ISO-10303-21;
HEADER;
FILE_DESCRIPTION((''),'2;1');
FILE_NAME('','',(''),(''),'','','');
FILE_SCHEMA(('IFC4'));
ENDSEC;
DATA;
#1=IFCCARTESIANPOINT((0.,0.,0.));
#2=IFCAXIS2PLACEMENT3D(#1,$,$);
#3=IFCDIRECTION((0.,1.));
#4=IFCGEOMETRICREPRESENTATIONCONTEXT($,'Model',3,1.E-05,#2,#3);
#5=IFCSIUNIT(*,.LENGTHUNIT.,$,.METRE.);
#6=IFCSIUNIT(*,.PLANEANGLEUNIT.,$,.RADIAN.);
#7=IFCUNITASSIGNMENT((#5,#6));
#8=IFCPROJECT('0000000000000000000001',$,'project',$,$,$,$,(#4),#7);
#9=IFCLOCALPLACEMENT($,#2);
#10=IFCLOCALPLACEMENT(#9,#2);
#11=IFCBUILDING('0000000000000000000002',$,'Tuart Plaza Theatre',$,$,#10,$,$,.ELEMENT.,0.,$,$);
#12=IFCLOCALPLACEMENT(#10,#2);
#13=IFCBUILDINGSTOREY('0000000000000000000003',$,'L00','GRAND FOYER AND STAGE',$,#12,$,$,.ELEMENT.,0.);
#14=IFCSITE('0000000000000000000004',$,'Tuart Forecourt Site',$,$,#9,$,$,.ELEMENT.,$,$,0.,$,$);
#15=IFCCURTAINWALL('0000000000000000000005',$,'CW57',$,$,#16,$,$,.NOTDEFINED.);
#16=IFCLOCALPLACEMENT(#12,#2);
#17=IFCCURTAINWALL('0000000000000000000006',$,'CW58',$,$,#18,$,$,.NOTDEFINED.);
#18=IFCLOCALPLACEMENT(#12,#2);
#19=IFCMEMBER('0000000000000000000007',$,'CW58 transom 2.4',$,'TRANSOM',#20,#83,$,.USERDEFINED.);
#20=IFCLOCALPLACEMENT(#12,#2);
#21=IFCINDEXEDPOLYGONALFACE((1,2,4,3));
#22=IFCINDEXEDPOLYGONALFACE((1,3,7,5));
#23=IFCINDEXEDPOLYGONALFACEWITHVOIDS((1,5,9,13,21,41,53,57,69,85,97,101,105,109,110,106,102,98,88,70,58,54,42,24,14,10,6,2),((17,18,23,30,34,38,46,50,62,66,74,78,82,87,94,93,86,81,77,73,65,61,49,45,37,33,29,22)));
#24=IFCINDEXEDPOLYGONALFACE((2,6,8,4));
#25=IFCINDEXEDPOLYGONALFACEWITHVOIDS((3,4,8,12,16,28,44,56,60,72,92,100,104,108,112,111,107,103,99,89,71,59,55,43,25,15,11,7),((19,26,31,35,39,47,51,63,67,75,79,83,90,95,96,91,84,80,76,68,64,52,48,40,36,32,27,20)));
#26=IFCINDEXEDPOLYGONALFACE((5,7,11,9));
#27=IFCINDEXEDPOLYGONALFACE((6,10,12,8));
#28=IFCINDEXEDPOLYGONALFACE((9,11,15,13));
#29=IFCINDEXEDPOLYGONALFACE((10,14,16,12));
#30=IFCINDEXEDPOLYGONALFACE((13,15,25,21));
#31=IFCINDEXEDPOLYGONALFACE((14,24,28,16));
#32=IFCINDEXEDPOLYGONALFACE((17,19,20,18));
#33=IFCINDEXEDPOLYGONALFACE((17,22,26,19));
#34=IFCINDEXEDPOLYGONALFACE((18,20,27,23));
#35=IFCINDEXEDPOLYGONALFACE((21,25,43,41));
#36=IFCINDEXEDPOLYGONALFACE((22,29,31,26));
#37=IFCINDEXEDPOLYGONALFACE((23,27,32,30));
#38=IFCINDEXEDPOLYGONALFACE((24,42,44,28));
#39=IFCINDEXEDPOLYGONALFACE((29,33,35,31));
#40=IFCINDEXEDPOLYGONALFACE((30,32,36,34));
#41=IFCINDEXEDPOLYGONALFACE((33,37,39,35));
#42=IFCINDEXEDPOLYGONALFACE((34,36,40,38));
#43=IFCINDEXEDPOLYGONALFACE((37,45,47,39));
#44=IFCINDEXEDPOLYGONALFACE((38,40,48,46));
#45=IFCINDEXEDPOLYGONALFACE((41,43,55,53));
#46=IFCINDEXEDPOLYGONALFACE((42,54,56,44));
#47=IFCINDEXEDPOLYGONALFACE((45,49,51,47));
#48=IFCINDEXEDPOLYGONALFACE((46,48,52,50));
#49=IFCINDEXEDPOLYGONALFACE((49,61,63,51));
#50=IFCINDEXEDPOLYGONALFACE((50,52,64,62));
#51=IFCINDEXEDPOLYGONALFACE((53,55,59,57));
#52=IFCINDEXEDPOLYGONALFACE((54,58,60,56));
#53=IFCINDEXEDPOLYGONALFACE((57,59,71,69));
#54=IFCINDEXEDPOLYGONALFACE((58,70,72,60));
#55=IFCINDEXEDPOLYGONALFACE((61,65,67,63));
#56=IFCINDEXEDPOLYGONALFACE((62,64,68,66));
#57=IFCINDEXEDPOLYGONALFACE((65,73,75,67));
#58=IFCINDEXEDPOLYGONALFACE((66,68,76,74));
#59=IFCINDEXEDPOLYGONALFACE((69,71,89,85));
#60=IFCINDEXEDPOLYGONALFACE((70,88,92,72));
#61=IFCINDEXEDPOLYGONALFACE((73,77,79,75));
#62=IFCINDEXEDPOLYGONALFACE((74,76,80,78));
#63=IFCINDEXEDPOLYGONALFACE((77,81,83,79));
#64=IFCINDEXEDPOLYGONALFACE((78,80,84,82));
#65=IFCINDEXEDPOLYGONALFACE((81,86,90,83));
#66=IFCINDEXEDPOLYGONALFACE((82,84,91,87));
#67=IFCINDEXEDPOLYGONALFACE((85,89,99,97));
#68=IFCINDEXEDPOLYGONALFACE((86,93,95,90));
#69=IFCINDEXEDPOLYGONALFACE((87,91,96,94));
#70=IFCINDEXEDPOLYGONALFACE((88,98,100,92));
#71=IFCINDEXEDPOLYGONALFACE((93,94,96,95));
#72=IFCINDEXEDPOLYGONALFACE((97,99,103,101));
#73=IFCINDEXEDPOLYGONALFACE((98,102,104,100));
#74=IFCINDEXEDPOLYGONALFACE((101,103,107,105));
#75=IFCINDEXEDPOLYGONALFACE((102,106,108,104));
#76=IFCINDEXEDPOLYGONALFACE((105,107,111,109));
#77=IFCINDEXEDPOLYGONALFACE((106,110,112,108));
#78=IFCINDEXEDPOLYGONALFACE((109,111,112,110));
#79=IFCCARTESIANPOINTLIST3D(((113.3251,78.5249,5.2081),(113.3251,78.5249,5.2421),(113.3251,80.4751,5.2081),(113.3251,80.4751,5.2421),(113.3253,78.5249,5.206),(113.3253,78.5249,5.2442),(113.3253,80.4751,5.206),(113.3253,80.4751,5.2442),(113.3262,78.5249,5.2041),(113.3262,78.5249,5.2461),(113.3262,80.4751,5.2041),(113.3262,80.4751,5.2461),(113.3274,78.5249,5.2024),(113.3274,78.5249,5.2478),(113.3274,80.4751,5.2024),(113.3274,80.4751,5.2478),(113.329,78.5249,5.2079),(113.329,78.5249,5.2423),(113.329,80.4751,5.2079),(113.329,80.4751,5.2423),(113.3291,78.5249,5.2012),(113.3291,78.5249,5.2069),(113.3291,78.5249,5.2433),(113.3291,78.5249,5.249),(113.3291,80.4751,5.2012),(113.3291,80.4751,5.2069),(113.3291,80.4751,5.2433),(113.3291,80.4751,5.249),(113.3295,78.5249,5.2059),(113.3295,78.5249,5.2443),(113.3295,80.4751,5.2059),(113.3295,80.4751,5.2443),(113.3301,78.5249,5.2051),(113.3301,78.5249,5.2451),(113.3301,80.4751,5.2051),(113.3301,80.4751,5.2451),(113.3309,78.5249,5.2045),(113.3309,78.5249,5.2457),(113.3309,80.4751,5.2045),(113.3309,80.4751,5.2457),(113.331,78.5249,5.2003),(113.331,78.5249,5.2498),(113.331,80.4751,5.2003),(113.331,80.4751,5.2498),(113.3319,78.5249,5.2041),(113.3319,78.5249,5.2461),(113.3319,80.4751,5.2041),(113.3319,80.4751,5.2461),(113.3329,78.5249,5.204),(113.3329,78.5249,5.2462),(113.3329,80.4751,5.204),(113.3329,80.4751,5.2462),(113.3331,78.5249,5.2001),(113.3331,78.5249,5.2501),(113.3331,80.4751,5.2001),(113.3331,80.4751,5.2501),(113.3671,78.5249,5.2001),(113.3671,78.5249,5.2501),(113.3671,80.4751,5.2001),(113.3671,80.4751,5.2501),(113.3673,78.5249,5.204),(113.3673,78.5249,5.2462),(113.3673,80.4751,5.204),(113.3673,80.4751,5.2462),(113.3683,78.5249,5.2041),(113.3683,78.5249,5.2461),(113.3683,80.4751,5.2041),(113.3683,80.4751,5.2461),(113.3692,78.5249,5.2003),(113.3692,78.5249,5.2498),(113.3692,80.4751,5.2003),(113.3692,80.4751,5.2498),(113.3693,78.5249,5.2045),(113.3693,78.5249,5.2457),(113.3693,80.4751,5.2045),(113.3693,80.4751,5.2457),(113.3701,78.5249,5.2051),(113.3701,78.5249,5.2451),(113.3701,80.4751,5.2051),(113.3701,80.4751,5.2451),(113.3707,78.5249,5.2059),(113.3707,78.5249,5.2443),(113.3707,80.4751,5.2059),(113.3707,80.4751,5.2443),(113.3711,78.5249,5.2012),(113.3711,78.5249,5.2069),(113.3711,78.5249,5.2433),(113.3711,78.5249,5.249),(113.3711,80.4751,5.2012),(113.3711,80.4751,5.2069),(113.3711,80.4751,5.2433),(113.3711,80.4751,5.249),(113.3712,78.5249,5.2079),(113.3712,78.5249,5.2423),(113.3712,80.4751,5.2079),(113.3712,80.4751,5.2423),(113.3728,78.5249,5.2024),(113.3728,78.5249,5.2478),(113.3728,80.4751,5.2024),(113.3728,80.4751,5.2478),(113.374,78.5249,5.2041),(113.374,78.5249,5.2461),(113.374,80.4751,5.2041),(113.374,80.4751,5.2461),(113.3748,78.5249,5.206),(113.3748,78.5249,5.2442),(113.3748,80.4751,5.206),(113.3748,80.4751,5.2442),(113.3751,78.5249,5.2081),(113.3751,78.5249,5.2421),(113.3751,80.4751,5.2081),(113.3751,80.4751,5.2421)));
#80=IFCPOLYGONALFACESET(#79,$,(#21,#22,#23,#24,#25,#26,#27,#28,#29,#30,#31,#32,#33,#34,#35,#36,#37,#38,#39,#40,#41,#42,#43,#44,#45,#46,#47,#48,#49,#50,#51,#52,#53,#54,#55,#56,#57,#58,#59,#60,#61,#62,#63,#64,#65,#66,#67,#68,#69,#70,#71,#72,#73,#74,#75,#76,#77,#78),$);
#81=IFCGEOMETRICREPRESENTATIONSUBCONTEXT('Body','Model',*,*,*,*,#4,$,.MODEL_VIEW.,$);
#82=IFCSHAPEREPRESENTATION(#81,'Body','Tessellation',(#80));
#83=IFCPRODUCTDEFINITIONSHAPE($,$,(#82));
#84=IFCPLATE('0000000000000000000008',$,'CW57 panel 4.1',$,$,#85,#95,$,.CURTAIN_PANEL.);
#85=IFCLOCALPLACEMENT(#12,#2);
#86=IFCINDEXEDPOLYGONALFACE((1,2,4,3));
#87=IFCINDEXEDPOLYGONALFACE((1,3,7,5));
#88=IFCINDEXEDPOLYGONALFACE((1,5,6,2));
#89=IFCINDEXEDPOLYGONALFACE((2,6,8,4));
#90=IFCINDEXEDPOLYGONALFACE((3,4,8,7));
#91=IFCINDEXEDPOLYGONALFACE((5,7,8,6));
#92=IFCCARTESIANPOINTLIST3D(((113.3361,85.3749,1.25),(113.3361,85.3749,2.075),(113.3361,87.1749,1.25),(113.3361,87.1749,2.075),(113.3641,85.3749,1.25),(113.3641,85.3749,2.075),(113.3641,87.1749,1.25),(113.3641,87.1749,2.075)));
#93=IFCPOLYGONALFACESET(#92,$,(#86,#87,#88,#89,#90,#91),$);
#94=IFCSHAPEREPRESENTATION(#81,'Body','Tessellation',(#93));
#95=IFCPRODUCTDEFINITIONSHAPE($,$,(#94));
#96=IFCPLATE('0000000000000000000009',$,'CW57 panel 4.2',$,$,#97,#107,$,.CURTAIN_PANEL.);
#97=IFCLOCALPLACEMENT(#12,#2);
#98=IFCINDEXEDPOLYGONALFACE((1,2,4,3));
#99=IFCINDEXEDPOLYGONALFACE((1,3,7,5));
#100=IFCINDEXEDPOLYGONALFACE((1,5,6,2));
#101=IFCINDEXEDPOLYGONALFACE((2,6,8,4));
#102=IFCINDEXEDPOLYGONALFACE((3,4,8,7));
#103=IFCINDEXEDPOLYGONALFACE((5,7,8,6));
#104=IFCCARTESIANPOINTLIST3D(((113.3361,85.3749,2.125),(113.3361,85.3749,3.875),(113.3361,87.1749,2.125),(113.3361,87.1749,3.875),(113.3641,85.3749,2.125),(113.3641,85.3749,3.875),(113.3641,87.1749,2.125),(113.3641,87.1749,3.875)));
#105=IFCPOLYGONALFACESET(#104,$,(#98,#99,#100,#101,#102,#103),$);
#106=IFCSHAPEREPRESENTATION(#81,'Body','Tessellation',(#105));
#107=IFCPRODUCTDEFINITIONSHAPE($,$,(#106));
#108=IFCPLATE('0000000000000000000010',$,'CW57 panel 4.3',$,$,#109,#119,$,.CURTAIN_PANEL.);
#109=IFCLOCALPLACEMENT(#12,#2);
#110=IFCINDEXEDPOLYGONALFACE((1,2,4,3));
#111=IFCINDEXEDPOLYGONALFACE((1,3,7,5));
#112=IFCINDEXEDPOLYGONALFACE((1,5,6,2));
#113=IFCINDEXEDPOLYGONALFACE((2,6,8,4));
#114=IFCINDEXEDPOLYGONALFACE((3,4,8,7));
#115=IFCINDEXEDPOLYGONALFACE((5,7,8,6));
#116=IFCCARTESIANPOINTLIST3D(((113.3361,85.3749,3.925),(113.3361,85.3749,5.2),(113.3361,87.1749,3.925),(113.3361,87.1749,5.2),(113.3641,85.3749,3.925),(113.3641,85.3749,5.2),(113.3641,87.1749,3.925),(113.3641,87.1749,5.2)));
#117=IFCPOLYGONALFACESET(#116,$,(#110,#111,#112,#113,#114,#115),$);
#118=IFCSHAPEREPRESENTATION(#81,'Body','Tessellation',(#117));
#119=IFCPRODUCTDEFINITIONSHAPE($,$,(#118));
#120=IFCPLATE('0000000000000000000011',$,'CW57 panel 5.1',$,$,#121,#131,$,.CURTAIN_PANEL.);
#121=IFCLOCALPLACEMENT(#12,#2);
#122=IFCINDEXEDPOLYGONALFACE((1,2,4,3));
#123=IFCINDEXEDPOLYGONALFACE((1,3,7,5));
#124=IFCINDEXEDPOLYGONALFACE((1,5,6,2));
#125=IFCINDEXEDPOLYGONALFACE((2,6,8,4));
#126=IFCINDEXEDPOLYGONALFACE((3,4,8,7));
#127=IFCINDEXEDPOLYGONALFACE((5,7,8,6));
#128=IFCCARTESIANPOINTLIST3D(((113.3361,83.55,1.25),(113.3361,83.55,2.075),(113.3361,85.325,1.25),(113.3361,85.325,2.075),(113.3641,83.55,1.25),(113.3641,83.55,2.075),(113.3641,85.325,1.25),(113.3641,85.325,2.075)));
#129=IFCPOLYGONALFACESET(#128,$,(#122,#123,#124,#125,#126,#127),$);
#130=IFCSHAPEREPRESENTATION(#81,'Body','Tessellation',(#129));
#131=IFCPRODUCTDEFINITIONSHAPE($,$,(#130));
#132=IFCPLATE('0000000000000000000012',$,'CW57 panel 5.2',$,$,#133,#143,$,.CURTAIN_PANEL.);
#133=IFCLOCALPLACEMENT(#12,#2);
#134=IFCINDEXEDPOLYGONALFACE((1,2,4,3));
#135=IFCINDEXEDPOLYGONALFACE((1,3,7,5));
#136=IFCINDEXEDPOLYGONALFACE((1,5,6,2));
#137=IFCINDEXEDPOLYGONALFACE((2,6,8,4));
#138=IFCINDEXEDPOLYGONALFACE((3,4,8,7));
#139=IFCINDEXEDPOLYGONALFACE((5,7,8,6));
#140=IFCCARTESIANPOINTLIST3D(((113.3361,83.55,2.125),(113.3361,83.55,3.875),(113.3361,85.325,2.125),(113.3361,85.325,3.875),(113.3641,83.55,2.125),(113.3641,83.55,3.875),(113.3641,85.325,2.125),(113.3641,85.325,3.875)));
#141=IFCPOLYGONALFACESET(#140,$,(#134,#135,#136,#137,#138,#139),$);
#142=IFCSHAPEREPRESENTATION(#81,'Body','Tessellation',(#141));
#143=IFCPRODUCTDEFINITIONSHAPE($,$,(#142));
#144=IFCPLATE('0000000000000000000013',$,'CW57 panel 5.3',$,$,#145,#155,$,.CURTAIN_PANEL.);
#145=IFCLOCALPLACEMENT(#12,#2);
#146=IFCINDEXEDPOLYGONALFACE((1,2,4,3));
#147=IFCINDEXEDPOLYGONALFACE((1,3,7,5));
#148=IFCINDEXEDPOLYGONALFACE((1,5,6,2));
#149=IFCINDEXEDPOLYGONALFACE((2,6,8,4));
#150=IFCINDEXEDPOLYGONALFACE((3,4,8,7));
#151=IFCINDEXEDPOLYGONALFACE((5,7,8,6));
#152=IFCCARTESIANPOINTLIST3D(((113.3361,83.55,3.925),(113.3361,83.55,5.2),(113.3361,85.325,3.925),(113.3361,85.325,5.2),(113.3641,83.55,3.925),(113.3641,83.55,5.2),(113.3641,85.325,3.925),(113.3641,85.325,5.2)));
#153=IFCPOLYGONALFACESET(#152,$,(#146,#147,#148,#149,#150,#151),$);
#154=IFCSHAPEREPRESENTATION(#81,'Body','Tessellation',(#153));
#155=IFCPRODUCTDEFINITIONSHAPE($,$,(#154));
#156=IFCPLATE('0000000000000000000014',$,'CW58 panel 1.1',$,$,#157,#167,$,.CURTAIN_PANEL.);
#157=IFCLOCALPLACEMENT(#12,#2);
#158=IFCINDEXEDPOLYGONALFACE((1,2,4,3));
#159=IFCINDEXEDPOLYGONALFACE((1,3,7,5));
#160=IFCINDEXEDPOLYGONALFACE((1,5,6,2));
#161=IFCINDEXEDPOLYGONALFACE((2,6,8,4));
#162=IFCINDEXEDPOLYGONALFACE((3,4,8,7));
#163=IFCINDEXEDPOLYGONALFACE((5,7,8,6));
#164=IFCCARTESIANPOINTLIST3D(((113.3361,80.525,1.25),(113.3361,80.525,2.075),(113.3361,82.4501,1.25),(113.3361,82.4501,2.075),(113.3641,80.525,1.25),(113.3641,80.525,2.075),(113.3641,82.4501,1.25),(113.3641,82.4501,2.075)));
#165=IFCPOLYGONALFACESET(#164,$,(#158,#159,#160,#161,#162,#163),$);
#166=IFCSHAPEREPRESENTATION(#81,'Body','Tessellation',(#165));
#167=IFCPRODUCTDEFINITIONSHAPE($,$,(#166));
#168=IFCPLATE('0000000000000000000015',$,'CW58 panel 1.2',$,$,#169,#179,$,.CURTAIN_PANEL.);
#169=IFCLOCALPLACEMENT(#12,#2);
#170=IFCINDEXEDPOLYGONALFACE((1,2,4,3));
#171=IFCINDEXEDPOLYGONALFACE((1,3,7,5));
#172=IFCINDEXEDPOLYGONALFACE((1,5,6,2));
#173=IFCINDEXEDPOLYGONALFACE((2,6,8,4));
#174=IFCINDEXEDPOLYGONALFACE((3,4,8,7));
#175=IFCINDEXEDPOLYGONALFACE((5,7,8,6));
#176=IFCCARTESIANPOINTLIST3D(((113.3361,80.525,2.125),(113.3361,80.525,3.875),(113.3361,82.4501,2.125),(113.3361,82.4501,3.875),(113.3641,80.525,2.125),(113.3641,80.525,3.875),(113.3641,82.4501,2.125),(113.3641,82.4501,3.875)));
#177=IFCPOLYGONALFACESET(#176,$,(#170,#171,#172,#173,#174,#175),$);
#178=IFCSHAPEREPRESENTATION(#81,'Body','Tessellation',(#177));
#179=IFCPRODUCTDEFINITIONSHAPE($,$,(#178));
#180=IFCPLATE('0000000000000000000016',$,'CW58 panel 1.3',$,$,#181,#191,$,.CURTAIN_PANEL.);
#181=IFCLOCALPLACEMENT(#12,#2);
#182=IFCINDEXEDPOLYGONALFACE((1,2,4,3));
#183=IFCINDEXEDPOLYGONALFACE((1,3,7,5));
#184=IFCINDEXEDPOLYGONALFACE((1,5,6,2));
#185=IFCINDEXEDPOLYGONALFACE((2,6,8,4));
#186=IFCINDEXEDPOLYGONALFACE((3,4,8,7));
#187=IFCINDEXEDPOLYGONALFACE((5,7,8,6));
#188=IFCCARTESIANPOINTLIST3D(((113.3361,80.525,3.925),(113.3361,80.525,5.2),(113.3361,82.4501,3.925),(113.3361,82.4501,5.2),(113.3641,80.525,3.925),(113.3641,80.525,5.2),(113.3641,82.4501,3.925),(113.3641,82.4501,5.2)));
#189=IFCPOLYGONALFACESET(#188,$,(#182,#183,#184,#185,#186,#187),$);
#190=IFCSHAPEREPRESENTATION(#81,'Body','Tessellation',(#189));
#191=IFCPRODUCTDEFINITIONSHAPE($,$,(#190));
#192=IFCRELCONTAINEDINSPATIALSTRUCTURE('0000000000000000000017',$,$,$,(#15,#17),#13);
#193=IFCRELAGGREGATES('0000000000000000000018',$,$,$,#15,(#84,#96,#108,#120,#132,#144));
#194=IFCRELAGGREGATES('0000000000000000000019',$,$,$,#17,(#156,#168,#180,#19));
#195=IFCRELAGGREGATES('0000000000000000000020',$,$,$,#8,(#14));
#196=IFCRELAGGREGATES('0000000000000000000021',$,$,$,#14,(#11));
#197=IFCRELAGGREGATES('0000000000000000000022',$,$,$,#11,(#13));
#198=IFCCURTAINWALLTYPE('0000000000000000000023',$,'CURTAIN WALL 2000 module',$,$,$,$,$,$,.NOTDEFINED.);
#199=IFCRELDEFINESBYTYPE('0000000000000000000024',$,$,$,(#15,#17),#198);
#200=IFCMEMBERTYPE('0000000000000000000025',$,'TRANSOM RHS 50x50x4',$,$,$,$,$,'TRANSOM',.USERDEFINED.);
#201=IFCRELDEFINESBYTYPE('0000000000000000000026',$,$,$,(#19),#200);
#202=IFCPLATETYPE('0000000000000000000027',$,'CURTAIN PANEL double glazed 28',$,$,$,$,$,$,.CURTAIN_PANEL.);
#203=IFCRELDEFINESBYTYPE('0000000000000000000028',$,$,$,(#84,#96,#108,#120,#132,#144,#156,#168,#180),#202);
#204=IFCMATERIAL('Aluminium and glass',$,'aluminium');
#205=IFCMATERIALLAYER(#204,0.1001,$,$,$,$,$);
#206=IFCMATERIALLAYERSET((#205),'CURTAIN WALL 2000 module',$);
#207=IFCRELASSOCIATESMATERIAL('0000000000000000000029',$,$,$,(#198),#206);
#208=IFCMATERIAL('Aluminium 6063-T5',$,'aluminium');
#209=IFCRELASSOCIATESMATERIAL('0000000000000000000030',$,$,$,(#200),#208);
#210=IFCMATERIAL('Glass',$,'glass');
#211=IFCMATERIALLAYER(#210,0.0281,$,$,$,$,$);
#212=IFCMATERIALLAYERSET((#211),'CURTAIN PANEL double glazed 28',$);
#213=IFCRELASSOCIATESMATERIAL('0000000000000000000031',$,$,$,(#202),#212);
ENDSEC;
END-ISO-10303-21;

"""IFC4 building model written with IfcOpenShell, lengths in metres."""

from ifc_helpers import new_model, si_unit, direction, frame, origin, origin_2d, place, context, subcontext, project, spatial, rectangle, hollow_rectangle, extrude, material, layer, layer_set, material_profile, profile_set, type_object, element, aggregate, save


model = new_model("IFC4")

# Units and contexts
model_context = context("Model", 3, precision=1e-05, world=origin(), true_north=direction((0.0, 1.0)))
body_context = subcontext(model_context, "Body", "Model", "MODEL_VIEW")
ifc_project = project(units=[si_unit("LENGTHUNIT", "METRE"), si_unit("PLANEANGLEUNIT", "RADIAN")], contexts=[model_context])

# Site, building, storey
site_placement = place(None, origin())
site = spatial("IfcSite", under=ifc_project, at=site_placement, Name="Tuart Forecourt Site", CompositionType="ELEMENT", RefElevation=0.0)
building_placement = place(site_placement, origin())
building = spatial("IfcBuilding", under=site, at=building_placement, Name="Tuart Plaza Theatre", CompositionType="ELEMENT", ElevationOfRefHeight=0.0)
storey_placement = place(building_placement, origin())
storey = spatial("IfcBuildingStorey", under=building, at=storey_placement, Name="L00", Description="GRAND FOYER AND STAGE", CompositionType="ELEMENT", Elevation=0.0)

# Curtain walls
ifc_material_1 = material(Name="Aluminium and glass", Category="aluminium")
ifc_layer_1 = layer(ifc_material_1, 0.1001)
ifc_layer_set_1 = layer_set([ifc_layer_1], Name="CURTAIN WALL 2000 module")
curtain_wall_type = type_object("IfcCurtainWallType", Name="CURTAIN WALL 2000 module", PredefinedType="NOTDEFINED", material=ifc_layer_set_1)
curtain_wall_1_placement = place(storey_placement, origin())
curtain_wall_1 = element("IfcCurtainWall", 1, at=curtain_wall_1_placement, inside=storey, type_object=curtain_wall_type, Name="CW57", PredefinedType="NOTDEFINED")
curtain_wall_2_placement = place(storey_placement, origin())
curtain_wall_2 = element("IfcCurtainWall", 2, at=curtain_wall_2_placement, inside=storey, type_object=curtain_wall_type, Name="CW58", PredefinedType="NOTDEFINED")

# Member
ifc_material_2 = material(Name="Aluminium 6063-T5", Category="aluminium")
ifc_material_profile_1 = material_profile(ifc_material_2, hollow_rectangle(XDim=0.05, YDim=0.05, WallThickness=0.0039, InnerFilletRadius=0.0039, OuterFilletRadius=0.0081, at=origin_2d()), Name="RHS 50x50x4")
ifc_profile_set_1 = profile_set([ifc_material_profile_1], Name="Aluminium 6063-T5")
member_type_1 = type_object("IfcMemberType", Name="TRANSOM RHS 50x50x4", ElementType="TRANSOM", PredefinedType="USERDEFINED", material=ifc_profile_set_1)
member_1_placement = place(storey_placement, frame((113.3501, 80.4751, 5.2251), z_axis=(0.0, -1.0, 0.0), x_axis=(1.0, 0.0, 0.0)))
member_1 = element("IfcMember", 3, at=member_1_placement, type_object=member_type_1, Name="CW58 transom 2.4", ObjectType="TRANSOM", PredefinedType="USERDEFINED", context=body_context, shape_type="SweptSolid", body=[
    extrude(hollow_rectangle(XDim=0.05, YDim=0.05, WallThickness=0.0039, InnerFilletRadius=0.0039, OuterFilletRadius=0.0081, at=origin_2d()), origin(), (0.0, 0.0, 1.0), 1.9502),
])

# Plates
ifc_material_3 = material(Name="Glass", Category="glass")
ifc_layer_2 = layer(ifc_material_3, 0.0281)
ifc_layer_set_2 = layer_set([ifc_layer_2], Name="CURTAIN PANEL double glazed 28")
plate_type = type_object("IfcPlateType", Name="CURTAIN PANEL double glazed 28", PredefinedType="CURTAIN_PANEL", material=ifc_layer_set_2)
plate_1_placement = place(storey_placement, frame((113.3501, 86.2749, 1.25), z_axis=(0.0, 0.0, 1.0), x_axis=(0.0, -1.0, 0.0)))
plate_1 = element("IfcPlate", 4, at=plate_1_placement, type_object=plate_type, Name="CW57 panel 4.1", PredefinedType="CURTAIN_PANEL", context=body_context, shape_type="SweptSolid", body=[
    extrude(rectangle(XDim=1.8, YDim=0.0281, at=origin_2d()), origin(), (0.0, 0.0, 1.0), 0.825),
])
plate_2_placement = place(storey_placement, frame((113.3501, 86.2749, 2.125), z_axis=(0.0, 0.0, 1.0), x_axis=(0.0, -1.0, 0.0)))
plate_2 = element("IfcPlate", 5, at=plate_2_placement, type_object=plate_type, Name="CW57 panel 4.2", PredefinedType="CURTAIN_PANEL", context=body_context, shape_type="SweptSolid", body=[
    extrude(rectangle(XDim=1.8, YDim=0.0281, at=origin_2d()), origin(), (0.0, 0.0, 1.0), 1.75),
])
plate_3_placement = place(storey_placement, frame((113.3501, 86.2749, 3.925), z_axis=(0.0, 0.0, 1.0), x_axis=(0.0, -1.0, 0.0)))
plate_3 = element("IfcPlate", 6, at=plate_3_placement, type_object=plate_type, Name="CW57 panel 4.3", PredefinedType="CURTAIN_PANEL", context=body_context, shape_type="SweptSolid", body=[
    extrude(rectangle(XDim=1.8, YDim=0.0281, at=origin_2d()), origin(), (0.0, 0.0, 1.0), 1.2749),
])
plate_4_placement = place(storey_placement, frame((113.3501, 84.4375, 1.25), z_axis=(0.0, 0.0, 1.0), x_axis=(0.0, -1.0, 0.0)))
plate_4 = element("IfcPlate", 7, at=plate_4_placement, type_object=plate_type, Name="CW57 panel 5.1", PredefinedType="CURTAIN_PANEL", context=body_context, shape_type="SweptSolid", body=[
    extrude(rectangle(XDim=1.7749, YDim=0.0281, at=origin_2d()), origin(), (0.0, 0.0, 1.0), 0.825),
])
plate_5_placement = place(storey_placement, frame((113.3501, 84.4375, 2.125), z_axis=(0.0, 0.0, 1.0), x_axis=(0.0, -1.0, 0.0)))
plate_5 = element("IfcPlate", 8, at=plate_5_placement, type_object=plate_type, Name="CW57 panel 5.2", PredefinedType="CURTAIN_PANEL", context=body_context, shape_type="SweptSolid", body=[
    extrude(rectangle(XDim=1.7749, YDim=0.0281, at=origin_2d()), origin(), (0.0, 0.0, 1.0), 1.75),
])
plate_6_placement = place(storey_placement, frame((113.3501, 84.4375, 3.925), z_axis=(0.0, 0.0, 1.0), x_axis=(0.0, -1.0, 0.0)))
plate_6 = element("IfcPlate", 9, at=plate_6_placement, type_object=plate_type, Name="CW57 panel 5.3", PredefinedType="CURTAIN_PANEL", context=body_context, shape_type="SweptSolid", body=[
    extrude(rectangle(XDim=1.7749, YDim=0.0281, at=origin_2d()), origin(), (0.0, 0.0, 1.0), 1.2749),
])
aggregate(curtain_wall_1, [plate_1, plate_2, plate_3, plate_4, plate_5, plate_6])
plate_7_placement = place(storey_placement, frame((113.3501, 81.4875, 1.25), z_axis=(0.0, 0.0, 1.0), x_axis=(0.0, -1.0, 0.0)))
plate_7 = element("IfcPlate", 10, at=plate_7_placement, type_object=plate_type, Name="CW58 panel 1.1", PredefinedType="CURTAIN_PANEL", context=body_context, shape_type="SweptSolid", body=[
    extrude(rectangle(XDim=1.925, YDim=0.0281, at=origin_2d()), origin(), (0.0, 0.0, 1.0), 0.825),
])
plate_8_placement = place(storey_placement, frame((113.3501, 81.4875, 2.125), z_axis=(0.0, 0.0, 1.0), x_axis=(0.0, -1.0, 0.0)))
plate_8 = element("IfcPlate", 11, at=plate_8_placement, type_object=plate_type, Name="CW58 panel 1.2", PredefinedType="CURTAIN_PANEL", context=body_context, shape_type="SweptSolid", body=[
    extrude(rectangle(XDim=1.925, YDim=0.0281, at=origin_2d()), origin(), (0.0, 0.0, 1.0), 1.75),
])
plate_9_placement = place(storey_placement, frame((113.3501, 81.4875, 3.925), z_axis=(0.0, 0.0, 1.0), x_axis=(0.0, -1.0, 0.0)))
plate_9 = element("IfcPlate", 12, at=plate_9_placement, type_object=plate_type, Name="CW58 panel 1.3", PredefinedType="CURTAIN_PANEL", context=body_context, shape_type="SweptSolid", body=[
    extrude(rectangle(XDim=1.925, YDim=0.0281, at=origin_2d()), origin(), (0.0, 0.0, 1.0), 1.2749),
])
aggregate(curtain_wall_2, [plate_7, plate_8, plate_9, member_1])

save(model, "model.ifc")
